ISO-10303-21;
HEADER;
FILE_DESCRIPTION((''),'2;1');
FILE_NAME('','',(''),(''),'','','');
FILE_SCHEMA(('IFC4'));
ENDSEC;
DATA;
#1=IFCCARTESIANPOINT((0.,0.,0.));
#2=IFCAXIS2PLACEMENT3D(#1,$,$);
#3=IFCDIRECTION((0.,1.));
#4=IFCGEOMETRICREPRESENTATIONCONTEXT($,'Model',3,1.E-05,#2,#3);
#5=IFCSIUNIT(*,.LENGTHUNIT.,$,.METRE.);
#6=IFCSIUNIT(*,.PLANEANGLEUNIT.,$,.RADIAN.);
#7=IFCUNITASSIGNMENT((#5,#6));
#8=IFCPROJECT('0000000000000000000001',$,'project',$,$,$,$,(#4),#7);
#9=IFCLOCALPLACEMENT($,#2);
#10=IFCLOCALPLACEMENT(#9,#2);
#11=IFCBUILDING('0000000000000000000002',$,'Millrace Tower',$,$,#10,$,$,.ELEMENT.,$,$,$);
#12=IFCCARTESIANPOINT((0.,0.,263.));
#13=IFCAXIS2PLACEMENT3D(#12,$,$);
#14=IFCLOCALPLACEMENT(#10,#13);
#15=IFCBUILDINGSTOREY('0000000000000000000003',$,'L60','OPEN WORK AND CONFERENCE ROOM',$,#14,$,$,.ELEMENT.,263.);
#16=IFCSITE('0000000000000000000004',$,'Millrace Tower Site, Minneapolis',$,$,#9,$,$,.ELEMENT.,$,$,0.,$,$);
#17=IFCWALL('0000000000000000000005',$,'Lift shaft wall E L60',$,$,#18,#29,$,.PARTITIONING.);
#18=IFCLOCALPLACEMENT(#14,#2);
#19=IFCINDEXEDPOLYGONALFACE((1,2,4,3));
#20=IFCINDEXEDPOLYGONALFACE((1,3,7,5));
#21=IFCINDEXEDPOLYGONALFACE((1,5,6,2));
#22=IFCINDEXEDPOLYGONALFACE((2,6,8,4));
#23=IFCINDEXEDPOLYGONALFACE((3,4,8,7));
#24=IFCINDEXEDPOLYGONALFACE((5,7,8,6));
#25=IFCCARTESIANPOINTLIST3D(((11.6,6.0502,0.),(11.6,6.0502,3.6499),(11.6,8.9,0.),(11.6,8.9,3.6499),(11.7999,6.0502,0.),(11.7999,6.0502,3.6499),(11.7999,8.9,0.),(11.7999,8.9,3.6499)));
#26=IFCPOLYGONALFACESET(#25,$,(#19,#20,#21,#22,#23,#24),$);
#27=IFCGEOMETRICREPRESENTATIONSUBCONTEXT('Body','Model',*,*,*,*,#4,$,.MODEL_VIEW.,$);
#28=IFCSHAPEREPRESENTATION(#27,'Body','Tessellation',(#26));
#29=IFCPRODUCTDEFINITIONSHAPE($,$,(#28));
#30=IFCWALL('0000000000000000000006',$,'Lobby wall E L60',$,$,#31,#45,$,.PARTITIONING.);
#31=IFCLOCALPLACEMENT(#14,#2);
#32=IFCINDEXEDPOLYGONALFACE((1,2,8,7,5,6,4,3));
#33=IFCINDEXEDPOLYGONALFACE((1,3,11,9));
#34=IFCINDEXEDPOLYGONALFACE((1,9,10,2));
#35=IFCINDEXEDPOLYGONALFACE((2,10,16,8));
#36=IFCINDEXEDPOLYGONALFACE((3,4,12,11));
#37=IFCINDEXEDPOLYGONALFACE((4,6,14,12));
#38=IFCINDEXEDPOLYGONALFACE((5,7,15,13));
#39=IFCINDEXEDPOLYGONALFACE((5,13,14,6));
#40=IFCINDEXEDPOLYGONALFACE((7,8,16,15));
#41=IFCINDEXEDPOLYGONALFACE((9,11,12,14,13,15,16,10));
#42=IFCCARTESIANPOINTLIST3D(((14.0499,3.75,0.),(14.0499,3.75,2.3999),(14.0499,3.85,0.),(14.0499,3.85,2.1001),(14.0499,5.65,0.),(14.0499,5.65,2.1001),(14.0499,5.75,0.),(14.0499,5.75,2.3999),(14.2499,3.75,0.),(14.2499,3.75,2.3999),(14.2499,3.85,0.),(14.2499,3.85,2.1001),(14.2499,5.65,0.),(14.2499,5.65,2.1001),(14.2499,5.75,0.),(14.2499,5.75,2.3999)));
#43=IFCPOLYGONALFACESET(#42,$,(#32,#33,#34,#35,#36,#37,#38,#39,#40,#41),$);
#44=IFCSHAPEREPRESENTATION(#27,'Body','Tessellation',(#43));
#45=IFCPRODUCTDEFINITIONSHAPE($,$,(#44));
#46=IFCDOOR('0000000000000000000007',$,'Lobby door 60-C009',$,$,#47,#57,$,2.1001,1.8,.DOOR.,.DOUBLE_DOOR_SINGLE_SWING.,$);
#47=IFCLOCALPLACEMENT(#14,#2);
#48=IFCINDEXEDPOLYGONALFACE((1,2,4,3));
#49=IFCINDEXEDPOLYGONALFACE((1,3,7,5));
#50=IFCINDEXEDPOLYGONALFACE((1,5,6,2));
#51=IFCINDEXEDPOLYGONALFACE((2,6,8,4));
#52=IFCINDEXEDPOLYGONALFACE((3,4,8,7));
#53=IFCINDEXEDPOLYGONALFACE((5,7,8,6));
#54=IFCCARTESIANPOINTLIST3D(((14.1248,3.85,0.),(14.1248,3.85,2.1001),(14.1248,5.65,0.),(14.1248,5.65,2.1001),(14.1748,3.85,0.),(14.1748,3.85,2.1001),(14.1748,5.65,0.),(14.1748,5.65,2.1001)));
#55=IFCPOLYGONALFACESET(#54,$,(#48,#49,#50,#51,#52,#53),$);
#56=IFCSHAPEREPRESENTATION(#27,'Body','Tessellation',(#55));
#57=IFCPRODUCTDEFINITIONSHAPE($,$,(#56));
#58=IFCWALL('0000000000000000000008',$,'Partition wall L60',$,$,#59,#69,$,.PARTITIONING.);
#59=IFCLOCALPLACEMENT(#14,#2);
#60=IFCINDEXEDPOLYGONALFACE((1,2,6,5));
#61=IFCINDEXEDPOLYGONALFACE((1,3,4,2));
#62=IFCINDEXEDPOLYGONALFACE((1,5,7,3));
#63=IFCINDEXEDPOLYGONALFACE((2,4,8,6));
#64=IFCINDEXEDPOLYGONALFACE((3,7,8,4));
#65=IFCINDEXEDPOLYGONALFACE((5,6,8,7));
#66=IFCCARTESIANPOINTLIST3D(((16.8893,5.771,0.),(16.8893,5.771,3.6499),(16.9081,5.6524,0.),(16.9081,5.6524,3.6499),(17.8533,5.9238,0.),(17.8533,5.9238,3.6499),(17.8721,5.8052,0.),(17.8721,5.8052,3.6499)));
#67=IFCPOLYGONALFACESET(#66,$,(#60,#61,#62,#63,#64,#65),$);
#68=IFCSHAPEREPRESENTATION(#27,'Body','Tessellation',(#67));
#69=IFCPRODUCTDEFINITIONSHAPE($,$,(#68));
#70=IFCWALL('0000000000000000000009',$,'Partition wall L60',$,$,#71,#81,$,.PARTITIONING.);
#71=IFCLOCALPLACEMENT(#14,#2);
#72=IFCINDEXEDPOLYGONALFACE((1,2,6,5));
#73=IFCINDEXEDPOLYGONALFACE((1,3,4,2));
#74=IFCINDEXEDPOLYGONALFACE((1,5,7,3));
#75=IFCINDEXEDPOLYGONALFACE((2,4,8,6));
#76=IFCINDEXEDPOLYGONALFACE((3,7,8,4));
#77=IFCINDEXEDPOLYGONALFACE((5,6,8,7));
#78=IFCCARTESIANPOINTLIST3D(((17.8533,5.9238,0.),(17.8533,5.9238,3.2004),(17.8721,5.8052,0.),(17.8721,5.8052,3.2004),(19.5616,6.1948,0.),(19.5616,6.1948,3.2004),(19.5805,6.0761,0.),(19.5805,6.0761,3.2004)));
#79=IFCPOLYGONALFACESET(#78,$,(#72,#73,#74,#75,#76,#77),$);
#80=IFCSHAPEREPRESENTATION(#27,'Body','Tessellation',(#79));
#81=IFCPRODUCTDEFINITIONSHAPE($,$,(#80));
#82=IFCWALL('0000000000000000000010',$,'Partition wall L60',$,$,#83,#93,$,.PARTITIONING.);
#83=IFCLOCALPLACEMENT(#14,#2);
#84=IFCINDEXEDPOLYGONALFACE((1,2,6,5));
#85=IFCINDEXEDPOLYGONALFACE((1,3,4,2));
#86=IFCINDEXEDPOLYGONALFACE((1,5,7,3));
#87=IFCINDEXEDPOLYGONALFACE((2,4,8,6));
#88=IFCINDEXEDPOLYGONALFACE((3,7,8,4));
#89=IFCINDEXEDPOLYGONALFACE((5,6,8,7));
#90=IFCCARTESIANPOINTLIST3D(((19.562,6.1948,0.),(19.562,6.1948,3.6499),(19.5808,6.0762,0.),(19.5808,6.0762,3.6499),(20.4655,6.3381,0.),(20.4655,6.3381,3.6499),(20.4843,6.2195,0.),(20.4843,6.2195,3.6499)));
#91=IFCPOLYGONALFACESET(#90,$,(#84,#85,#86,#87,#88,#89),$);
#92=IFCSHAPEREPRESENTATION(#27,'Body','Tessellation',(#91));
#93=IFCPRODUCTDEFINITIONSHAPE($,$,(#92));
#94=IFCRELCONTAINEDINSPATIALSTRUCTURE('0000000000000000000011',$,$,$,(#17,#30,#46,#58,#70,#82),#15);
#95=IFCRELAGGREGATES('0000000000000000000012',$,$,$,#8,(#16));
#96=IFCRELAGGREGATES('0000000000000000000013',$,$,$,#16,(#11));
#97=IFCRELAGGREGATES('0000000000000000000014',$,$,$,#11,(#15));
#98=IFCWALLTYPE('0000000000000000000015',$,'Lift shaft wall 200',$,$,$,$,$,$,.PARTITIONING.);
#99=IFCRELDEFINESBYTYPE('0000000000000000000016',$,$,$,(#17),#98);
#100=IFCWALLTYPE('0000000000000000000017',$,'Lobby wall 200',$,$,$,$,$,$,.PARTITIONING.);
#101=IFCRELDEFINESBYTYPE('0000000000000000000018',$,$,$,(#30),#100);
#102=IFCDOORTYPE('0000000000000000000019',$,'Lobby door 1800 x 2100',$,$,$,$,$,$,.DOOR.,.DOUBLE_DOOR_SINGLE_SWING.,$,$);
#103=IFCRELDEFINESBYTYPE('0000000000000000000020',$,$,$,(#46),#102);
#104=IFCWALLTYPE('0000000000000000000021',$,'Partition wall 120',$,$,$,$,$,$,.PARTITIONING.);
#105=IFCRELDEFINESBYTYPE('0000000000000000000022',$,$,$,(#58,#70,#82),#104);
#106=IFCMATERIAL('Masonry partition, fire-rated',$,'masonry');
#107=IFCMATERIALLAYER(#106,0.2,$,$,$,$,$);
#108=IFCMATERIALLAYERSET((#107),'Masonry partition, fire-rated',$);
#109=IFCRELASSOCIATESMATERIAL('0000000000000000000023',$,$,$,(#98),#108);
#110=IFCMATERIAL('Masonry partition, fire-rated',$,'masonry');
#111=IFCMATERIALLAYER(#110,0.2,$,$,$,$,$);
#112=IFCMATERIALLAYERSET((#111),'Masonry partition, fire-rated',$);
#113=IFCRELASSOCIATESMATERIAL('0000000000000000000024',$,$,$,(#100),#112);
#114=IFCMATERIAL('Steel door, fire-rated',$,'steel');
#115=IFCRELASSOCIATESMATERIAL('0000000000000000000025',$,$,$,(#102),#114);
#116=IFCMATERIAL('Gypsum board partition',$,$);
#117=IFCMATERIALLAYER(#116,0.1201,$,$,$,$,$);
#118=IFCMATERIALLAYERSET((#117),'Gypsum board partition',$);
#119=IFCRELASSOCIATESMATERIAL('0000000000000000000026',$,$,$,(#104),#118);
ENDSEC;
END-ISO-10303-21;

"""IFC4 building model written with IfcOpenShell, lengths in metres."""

from ifc_helpers import new_model, si_unit, direction, frame, frame_2d, origin, place, context, subcontext, project, spatial, rectangle, extrude, material, layer, layer_set, type_object, element, fill, save


model = new_model("IFC4")

# Units and contexts
model_context = context("Model", 3, precision=1e-05, world=origin(), true_north=direction((0.0, 1.0)))
body_context = subcontext(model_context, "Body", "Model", "MODEL_VIEW")
ifc_project = project(units=[si_unit("LENGTHUNIT", "METRE"), si_unit("PLANEANGLEUNIT", "RADIAN")], contexts=[model_context])

# Site, building, storey
site_placement = place(None, origin())
site = spatial("IfcSite", under=ifc_project, at=site_placement, Name="Millrace Tower Site, Minneapolis", CompositionType="ELEMENT", RefElevation=0.0)
building_placement = place(site_placement, origin())
building = spatial("IfcBuilding", under=site, at=building_placement, Name="Millrace Tower", CompositionType="ELEMENT")
storey_placement = place(building_placement, frame((0.0, 0.0, 263.0)))
storey = spatial("IfcBuildingStorey", under=building, at=storey_placement, Name="L60", Description="OPEN WORK AND CONFERENCE ROOM", CompositionType="ELEMENT", Elevation=263.0)

# Shared definitions
ifc_material_1 = material(Name="Masonry partition, fire-rated", Category="masonry")
ifc_layer_1 = layer(ifc_material_1, 0.2)
ifc_layer_set_1 = layer_set([ifc_layer_1], Name="Masonry partition, fire-rated")
wall_type_1 = type_object("IfcWallType", Name="Lift shaft wall 200", PredefinedType="PARTITIONING", material=ifc_layer_set_1)

# Wall
wall_1_placement = place(storey_placement, frame((11.7, 8.8999, 0.0), z_axis=(0.0, 0.0, 1.0), x_axis=(0.0, -1.0, 0.0)))
element("IfcWall", 1, at=wall_1_placement, inside=storey, type_object=wall_type_1, Name="Lift shaft wall E L60", PredefinedType="PARTITIONING", context=body_context, shape_type="SweptSolid", body=[
    extrude(rectangle(XDim=2.8499, YDim=0.2, at=frame_2d((1.4248, 0.0))), origin(), (0.0, 0.0, 1.0), 3.6499),
])

# Wall, opening, door
ifc_material_2 = material(Name="Masonry partition, fire-rated", Category="masonry")
ifc_layer_2 = layer(ifc_material_2, 0.2)
ifc_layer_set_2 = layer_set([ifc_layer_2], Name="Masonry partition, fire-rated")
wall_type_2 = type_object("IfcWallType", Name="Lobby wall 200", PredefinedType="PARTITIONING", material=ifc_layer_set_2)
wall_2_placement = place(storey_placement, frame((14.1499, 5.75, 0.0), z_axis=(0.0, 0.0, 1.0), x_axis=(0.0, -1.0, 0.0)))
wall_2 = element("IfcWall", 2, at=wall_2_placement, inside=storey, type_object=wall_type_2, Name="Lobby wall E L60", PredefinedType="PARTITIONING", context=body_context, shape_type="SweptSolid", body=[
    extrude(rectangle(XDim=2.0, YDim=0.2, at=frame_2d((1.0, 0.0))), origin(), (0.0, 0.0, 1.0), 2.3999),
])
opening_1_placement = place(wall_2_placement, frame((0.1001, 0.0, 0.0)))
opening_1 = element("IfcOpeningElement", 3, at=opening_1_placement, cuts=wall_2, PredefinedType="OPENING", context=body_context, shape_type="SweptSolid", body=[
    extrude(rectangle(XDim=1.8, YDim=2.1001, at=frame_2d((0.8999, 1.05))), frame((0.0, 0.1099, 0.0), z_axis=(0.0, -1.0, 0.0), x_axis=(1.0, 0.0, 0.0)), (0.0, 0.0, 1.0), 0.22),
])
ifc_material_3 = material(Name="Steel door, fire-rated", Category="steel")
door_type_1 = type_object("IfcDoorType", Name="Lobby door 1800 x 2100", OperationType="DOUBLE_DOOR_SINGLE_SWING", PredefinedType="DOOR", material=ifc_material_3)
door_1_placement = place(opening_1_placement, origin())
door_1 = element("IfcDoor", 4, at=door_1_placement, inside=storey, type_object=door_type_1, Name="Lobby door 60-C009", OperationType="DOUBLE_DOOR_SINGLE_SWING", OverallHeight=2.1001, OverallWidth=1.8, PredefinedType="DOOR", context=body_context, shape_type="SweptSolid", body=[
    extrude(rectangle(XDim=1.8, YDim=2.1001, at=frame_2d((0.8999, 1.05))), frame((0.0, 0.0249, 0.0), z_axis=(0.0, -1.0, 0.0), x_axis=(1.0, 0.0, 0.0)), (0.0, 0.0, 1.0), 0.05),
])
fill(opening_1, door_1)

# Walls
ifc_material_4 = material(Name="Gypsum board partition")
ifc_layer_3 = layer(ifc_material_4, 0.1201)
ifc_layer_set_3 = layer_set([ifc_layer_3], Name="Gypsum board partition")
wall_type_3 = type_object("IfcWallType", Name="Partition wall 120", PredefinedType="PARTITIONING", material=ifc_layer_set_3)
wall_3_placement = place(storey_placement, frame((16.8987, 5.7117, 0.0), z_axis=(0.0, 0.0, 1.0), x_axis=(0.987667, 0.156566, 0.0)))
element("IfcWall", 5, at=wall_3_placement, inside=storey, type_object=wall_type_3, Name="Partition wall L60", PredefinedType="PARTITIONING", context=body_context, shape_type="SweptSolid", body=[
    extrude(rectangle(XDim=0.9761, YDim=0.1201, at=frame_2d((0.488, 0.0))), origin(), (0.0, 0.0, 1.0), 3.6499),
])
wall_4_placement = place(storey_placement, frame((17.8628, 5.8645, 0.0), z_axis=(0.0, 0.0, 1.0), x_axis=(0.987653, 0.156658, 0.0)))
element("IfcWall", 6, at=wall_4_placement, inside=storey, type_object=wall_type_3, Name="Partition wall L60", PredefinedType="PARTITIONING", context=body_context, shape_type="SweptSolid", body=[
    extrude(rectangle(XDim=1.7297, YDim=0.1201, at=frame_2d((0.8647, 0.0))), origin(), (0.0, 0.0, 1.0), 3.2004),
])
wall_5_placement = place(storey_placement, frame((19.5713, 6.1355, 0.0), z_axis=(0.0, 0.0, 1.0), x_axis=(0.987655, 0.156648, 0.0)))
element("IfcWall", 7, at=wall_5_placement, inside=storey, type_object=wall_type_3, Name="Partition wall L60", PredefinedType="PARTITIONING", context=body_context, shape_type="SweptSolid", body=[
    extrude(rectangle(XDim=0.9148, YDim=0.1201, at=frame_2d((0.4575, 0.0))), origin(), (0.0, 0.0, 1.0), 3.6499),
])

save(model, "model.ifc")
